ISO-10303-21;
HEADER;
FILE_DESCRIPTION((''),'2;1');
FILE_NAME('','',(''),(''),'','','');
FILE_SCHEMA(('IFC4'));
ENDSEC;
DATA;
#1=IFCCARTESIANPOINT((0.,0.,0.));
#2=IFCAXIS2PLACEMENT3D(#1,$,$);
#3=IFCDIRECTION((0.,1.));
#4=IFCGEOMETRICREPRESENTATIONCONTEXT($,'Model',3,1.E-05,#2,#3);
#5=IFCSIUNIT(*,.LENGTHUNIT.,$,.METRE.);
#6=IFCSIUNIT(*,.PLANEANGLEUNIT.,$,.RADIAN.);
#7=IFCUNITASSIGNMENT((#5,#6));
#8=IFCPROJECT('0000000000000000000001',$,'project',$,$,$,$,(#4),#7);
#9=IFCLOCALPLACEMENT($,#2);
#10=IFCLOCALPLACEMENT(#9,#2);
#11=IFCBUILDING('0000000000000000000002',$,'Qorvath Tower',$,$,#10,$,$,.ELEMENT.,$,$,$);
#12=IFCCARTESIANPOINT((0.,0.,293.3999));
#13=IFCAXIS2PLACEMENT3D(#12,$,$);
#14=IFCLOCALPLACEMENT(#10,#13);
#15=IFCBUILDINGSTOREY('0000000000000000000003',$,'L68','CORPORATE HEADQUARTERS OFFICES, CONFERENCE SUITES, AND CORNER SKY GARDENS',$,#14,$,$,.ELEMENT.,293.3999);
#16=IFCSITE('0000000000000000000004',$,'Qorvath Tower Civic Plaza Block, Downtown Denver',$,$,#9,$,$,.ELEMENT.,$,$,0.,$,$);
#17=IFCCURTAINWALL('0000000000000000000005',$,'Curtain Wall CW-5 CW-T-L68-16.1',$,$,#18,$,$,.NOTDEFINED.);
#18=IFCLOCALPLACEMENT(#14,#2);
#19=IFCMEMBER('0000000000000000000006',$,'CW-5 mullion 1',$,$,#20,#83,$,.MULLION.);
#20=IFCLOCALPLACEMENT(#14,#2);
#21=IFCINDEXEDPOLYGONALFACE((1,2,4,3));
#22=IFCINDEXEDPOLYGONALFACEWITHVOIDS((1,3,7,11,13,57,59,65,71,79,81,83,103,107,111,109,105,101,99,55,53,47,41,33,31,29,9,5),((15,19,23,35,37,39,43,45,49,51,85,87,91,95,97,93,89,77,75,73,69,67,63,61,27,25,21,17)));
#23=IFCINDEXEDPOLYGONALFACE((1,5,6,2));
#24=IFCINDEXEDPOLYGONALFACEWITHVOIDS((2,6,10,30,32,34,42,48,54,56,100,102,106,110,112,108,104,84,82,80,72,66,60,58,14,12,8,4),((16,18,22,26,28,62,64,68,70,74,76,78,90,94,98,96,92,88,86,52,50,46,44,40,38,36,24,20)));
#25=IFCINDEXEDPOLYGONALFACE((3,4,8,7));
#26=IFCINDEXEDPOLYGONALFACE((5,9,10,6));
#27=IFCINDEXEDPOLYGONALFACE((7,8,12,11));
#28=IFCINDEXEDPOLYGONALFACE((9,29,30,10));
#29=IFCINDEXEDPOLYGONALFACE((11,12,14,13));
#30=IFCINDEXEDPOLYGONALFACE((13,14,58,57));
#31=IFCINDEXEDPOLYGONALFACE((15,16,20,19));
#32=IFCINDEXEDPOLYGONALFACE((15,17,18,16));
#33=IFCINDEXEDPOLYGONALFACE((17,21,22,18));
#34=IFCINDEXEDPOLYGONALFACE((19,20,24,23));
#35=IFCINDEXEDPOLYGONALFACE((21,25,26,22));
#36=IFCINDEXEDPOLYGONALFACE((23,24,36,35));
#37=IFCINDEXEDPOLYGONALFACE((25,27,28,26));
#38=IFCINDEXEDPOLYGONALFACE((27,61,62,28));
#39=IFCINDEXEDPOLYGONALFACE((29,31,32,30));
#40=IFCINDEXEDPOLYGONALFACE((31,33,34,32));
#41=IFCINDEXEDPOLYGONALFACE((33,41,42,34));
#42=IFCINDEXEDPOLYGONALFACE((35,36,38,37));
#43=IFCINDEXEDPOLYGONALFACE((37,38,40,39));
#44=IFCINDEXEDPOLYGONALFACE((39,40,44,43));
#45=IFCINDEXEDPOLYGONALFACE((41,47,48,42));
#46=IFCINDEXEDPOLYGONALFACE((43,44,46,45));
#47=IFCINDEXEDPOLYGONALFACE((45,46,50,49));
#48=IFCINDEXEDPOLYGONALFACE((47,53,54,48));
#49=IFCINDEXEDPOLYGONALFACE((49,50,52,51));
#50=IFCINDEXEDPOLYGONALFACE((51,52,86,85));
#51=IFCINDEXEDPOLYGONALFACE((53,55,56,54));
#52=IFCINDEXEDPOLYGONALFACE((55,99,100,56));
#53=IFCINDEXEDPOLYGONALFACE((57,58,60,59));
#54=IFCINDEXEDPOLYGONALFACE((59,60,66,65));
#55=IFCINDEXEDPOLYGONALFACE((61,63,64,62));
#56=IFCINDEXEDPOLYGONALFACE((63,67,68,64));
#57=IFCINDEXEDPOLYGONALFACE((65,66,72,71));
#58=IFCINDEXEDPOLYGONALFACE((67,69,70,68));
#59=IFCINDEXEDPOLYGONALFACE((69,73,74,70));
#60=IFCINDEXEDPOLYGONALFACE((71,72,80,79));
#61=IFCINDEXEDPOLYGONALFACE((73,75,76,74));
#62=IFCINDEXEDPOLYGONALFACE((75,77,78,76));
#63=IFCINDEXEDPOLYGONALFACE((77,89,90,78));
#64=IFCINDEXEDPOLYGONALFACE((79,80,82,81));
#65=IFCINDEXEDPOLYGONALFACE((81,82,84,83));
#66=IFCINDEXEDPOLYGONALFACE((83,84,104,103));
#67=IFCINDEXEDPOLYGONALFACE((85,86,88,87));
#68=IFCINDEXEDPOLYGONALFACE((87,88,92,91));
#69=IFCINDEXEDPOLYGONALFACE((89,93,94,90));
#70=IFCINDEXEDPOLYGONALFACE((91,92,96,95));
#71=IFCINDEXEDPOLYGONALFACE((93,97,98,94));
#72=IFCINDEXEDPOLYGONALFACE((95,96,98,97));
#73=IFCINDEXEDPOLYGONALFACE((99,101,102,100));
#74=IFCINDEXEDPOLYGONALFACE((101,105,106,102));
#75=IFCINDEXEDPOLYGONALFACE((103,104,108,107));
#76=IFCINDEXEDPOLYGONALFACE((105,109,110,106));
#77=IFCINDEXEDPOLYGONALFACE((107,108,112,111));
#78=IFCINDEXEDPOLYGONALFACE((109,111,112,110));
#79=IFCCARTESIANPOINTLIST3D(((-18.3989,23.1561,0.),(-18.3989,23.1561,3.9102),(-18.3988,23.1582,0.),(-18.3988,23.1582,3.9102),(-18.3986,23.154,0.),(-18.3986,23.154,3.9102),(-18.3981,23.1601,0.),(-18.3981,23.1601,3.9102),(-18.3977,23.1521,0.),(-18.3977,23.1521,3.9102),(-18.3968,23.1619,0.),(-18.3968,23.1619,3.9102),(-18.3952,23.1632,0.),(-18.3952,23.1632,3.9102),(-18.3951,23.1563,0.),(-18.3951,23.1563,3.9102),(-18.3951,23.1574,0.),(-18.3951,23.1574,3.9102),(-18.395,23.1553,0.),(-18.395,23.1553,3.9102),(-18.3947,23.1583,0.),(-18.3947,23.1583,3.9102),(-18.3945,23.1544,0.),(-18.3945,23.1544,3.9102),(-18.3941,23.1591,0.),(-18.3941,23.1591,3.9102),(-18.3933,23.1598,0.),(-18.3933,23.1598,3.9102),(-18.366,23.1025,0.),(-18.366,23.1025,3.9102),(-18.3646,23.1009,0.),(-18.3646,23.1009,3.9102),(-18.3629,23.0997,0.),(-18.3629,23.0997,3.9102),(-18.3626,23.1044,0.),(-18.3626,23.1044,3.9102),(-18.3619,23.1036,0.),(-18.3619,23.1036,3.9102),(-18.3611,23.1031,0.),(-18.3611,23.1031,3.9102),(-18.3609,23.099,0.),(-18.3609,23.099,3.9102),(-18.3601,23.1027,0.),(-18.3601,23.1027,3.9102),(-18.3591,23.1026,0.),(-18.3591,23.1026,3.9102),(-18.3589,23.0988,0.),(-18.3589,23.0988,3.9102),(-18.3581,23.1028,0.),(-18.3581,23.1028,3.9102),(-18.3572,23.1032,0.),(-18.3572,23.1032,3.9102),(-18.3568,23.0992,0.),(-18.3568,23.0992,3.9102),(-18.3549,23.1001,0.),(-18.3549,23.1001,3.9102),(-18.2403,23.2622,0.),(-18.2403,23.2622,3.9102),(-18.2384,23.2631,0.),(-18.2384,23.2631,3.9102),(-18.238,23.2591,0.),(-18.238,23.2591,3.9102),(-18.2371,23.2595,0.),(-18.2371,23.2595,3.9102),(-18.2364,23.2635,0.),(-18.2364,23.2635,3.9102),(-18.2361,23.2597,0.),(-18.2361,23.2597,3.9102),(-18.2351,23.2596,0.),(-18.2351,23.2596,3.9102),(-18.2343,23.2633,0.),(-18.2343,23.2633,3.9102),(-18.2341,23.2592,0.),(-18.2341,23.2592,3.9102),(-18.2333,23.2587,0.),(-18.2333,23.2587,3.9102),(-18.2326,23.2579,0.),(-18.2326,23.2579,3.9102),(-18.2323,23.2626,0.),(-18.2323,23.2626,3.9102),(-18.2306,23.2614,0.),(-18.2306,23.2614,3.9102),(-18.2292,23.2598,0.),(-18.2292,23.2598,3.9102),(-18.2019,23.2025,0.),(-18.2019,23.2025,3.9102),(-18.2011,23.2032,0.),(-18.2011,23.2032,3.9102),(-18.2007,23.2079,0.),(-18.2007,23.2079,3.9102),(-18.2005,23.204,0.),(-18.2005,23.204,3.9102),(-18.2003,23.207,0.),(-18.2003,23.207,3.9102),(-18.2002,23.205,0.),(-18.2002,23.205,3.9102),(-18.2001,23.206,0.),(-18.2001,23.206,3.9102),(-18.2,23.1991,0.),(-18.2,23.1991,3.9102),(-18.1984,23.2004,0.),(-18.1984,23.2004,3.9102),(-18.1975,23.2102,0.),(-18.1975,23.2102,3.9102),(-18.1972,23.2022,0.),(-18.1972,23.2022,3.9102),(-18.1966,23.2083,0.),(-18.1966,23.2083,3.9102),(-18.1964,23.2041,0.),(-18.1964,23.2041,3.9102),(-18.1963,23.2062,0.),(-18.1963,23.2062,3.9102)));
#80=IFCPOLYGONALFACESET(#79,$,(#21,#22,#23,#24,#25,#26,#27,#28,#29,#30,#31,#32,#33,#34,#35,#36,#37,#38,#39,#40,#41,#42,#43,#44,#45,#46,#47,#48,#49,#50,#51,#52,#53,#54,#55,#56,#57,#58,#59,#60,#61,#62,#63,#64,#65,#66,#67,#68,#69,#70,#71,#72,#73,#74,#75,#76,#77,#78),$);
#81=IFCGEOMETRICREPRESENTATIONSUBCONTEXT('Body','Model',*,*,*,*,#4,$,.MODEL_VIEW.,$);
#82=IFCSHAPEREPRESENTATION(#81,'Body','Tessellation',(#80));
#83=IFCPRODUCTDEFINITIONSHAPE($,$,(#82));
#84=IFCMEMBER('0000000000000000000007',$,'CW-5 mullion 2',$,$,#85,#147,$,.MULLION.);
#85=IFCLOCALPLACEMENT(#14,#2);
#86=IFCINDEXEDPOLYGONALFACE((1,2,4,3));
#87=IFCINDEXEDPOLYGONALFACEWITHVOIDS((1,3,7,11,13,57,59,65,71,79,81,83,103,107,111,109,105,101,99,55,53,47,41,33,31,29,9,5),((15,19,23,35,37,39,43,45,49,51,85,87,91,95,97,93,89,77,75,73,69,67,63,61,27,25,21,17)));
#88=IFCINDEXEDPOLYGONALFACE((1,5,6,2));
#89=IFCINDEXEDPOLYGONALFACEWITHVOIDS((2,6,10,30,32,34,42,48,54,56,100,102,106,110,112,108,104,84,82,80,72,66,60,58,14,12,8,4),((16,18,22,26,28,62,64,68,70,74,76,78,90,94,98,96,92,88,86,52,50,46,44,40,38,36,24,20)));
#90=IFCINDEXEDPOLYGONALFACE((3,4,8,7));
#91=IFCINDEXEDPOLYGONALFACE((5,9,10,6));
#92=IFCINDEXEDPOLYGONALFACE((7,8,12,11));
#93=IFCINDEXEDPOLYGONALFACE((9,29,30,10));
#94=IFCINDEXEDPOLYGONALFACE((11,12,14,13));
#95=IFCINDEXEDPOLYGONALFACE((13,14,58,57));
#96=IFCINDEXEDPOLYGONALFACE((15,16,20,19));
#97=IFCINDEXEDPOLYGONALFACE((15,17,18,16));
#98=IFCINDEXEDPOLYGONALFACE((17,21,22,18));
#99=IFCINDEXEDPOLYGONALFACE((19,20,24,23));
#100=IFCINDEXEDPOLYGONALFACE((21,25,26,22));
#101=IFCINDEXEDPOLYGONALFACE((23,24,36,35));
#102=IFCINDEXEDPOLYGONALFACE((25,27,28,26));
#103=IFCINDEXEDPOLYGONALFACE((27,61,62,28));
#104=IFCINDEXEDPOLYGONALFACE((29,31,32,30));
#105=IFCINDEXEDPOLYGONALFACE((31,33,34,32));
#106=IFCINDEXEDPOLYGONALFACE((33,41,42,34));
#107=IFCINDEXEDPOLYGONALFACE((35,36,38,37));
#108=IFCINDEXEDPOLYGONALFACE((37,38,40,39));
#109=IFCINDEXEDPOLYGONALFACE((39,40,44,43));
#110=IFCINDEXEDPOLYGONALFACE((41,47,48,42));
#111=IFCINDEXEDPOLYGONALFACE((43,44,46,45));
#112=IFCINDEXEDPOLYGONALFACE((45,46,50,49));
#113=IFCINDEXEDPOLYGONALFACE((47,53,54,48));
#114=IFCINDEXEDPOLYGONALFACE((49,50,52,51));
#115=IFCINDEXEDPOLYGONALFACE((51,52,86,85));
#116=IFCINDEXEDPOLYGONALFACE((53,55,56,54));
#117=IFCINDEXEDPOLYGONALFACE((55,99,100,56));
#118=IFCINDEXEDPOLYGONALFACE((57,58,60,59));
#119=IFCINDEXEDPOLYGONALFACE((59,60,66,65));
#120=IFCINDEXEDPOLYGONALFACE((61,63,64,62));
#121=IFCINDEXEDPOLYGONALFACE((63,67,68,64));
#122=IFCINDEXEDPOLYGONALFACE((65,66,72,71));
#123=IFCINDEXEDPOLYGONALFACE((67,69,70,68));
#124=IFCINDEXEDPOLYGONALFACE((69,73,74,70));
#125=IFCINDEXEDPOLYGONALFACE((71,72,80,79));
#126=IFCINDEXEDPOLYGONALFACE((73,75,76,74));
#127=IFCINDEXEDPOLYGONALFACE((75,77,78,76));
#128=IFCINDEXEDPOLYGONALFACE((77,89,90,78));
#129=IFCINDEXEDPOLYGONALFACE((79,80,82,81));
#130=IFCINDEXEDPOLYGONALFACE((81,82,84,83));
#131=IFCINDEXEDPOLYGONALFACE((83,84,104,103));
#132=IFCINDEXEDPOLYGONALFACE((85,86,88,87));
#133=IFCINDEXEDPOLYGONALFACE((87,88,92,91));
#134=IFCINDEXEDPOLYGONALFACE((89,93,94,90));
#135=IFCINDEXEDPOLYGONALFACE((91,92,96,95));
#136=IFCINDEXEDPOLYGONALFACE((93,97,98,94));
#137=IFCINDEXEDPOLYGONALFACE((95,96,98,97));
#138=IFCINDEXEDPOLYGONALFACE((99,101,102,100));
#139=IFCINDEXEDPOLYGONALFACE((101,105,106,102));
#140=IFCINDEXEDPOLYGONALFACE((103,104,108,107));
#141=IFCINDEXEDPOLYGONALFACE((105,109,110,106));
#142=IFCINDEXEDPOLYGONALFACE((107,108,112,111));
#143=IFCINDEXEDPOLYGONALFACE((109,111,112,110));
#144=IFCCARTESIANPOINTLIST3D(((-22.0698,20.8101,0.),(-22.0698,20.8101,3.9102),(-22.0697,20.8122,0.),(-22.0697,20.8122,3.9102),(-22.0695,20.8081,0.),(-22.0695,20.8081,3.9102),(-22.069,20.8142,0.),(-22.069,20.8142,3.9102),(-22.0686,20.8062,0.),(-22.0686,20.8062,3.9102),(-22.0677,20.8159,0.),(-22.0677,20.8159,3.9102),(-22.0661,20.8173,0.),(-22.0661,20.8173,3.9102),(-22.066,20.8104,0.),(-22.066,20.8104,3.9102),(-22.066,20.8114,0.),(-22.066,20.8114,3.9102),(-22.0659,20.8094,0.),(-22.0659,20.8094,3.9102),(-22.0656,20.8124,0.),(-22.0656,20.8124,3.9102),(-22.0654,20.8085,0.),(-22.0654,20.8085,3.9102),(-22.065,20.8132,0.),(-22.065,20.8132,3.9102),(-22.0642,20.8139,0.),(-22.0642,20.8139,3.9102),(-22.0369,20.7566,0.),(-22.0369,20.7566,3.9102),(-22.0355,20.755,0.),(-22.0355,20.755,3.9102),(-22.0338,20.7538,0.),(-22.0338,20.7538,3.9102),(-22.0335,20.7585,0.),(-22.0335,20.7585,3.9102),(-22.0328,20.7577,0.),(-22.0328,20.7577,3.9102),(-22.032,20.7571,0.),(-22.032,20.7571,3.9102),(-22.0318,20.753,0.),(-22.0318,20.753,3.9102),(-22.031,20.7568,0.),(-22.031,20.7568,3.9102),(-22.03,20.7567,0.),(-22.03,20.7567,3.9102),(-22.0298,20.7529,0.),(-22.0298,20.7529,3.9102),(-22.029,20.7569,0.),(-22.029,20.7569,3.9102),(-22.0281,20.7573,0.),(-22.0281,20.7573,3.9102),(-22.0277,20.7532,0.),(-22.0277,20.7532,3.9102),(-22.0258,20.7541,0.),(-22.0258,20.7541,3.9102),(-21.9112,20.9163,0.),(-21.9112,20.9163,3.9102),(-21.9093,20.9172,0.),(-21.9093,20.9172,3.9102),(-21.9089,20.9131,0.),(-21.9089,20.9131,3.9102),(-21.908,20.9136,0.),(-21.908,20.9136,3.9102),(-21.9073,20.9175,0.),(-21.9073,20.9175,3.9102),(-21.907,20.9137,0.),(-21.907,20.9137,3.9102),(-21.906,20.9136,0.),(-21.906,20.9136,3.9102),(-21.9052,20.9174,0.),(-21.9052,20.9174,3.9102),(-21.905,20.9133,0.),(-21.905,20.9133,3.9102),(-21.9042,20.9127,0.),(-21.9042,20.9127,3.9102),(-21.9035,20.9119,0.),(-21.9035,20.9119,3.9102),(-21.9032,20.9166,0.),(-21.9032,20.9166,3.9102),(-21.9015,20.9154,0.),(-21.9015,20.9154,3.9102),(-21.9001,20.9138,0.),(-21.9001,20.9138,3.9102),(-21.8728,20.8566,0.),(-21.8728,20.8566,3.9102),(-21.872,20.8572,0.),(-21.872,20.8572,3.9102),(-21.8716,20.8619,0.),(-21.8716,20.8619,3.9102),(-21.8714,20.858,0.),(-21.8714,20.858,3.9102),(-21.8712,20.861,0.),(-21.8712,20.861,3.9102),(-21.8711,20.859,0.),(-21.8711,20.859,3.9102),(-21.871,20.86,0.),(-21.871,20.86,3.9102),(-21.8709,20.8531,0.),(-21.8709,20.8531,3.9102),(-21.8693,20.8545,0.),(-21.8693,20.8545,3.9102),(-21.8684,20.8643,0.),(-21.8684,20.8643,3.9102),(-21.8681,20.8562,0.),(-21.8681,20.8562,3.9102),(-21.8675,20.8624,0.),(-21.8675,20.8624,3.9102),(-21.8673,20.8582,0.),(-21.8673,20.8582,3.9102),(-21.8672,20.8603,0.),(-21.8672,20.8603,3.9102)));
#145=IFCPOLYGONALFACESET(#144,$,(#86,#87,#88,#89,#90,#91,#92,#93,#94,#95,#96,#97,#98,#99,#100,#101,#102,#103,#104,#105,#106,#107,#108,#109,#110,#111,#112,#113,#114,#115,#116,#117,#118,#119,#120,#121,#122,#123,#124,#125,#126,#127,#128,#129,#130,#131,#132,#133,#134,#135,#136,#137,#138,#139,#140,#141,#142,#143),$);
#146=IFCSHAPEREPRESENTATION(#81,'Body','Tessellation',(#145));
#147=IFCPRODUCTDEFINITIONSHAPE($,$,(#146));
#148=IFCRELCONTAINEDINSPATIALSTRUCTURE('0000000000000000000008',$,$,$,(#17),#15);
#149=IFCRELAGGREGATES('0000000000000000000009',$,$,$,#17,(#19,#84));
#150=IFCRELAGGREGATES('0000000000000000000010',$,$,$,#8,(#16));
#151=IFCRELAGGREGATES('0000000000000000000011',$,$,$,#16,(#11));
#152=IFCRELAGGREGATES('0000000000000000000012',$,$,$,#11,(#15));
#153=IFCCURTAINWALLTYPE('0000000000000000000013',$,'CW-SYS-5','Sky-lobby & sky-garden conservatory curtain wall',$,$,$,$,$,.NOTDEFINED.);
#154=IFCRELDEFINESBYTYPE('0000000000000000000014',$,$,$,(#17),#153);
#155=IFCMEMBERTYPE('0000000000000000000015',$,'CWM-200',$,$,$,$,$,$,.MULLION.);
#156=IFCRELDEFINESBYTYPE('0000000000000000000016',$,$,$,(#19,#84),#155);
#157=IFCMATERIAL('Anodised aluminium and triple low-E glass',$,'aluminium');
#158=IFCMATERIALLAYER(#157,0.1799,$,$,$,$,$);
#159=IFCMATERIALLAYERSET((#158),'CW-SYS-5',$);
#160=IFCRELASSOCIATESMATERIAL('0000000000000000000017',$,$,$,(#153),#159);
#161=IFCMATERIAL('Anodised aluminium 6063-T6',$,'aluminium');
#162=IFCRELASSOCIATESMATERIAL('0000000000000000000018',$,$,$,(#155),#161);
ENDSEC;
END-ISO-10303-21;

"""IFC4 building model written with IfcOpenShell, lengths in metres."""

from ifc_helpers import new_model, si_unit, direction, frame, origin, origin_2d, place, context, subcontext, project, spatial, hollow_rectangle, extrude, material, layer, layer_set, material_profile, profile_set, type_object, element, aggregate, save


model = new_model("IFC4")

# Units and contexts
model_context = context("Model", 3, precision=1e-05, world=origin(), true_north=direction((0.0, 1.0)))
body_context = subcontext(model_context, "Body", "Model", "MODEL_VIEW")
ifc_project = project(units=[si_unit("LENGTHUNIT", "METRE"), si_unit("PLANEANGLEUNIT", "RADIAN")], contexts=[model_context])

# Site, building, storey
site_placement = place(None, origin())
site = spatial("IfcSite", under=ifc_project, at=site_placement, Name="Qorvath Tower Civic Plaza Block, Downtown Denver", CompositionType="ELEMENT", RefElevation=0.0)
building_placement = place(site_placement, origin())
building = spatial("IfcBuilding", under=site, at=building_placement, Name="Qorvath Tower", CompositionType="ELEMENT")
storey_placement = place(building_placement, frame((0.0, 0.0, 293.3999)))
storey = spatial("IfcBuildingStorey", under=building, at=storey_placement, Name="L68", Description="CORPORATE HEADQUARTERS OFFICES, CONFERENCE SUITES, AND CORNER SKY GARDENS", CompositionType="ELEMENT", Elevation=293.3999)

# Shared definitions
ifc_material_1 = material(Name="Anodised aluminium and triple low-E glass", Category="aluminium")
ifc_layer_1 = layer(ifc_material_1, 0.1799)
ifc_layer_set_1 = layer_set([ifc_layer_1], Name="CW-SYS-5")
curtain_wall_type = type_object("IfcCurtainWallType", Name="CW-SYS-5", Description="Sky-lobby & sky-garden conservatory curtain wall", PredefinedType="NOTDEFINED", material=ifc_layer_set_1)
ifc_material_2 = material(Name="Anodised aluminium 6063-T6", Category="aluminium")
ifc_material_profile_1 = material_profile(ifc_material_2, hollow_rectangle(XDim=0.075, YDim=0.2, WallThickness=0.0039, InnerFilletRadius=0.0039, OuterFilletRadius=0.0081, at=origin_2d()), Name="CWM 200x75")
ifc_profile_set_1 = profile_set([ifc_material_profile_1], Name="Anodised aluminium 6063-T6")
member_type_1 = type_object("IfcMemberType", Name="CWM-200", PredefinedType="MULLION", material=ifc_profile_set_1)

# Curtain wall, members
curtain_wall_1_placement = place(storey_placement, origin())
curtain_wall_1 = element("IfcCurtainWall", 1, at=curtain_wall_1_placement, inside=storey, type_object=curtain_wall_type, Name="Curtain Wall CW-5 CW-T-L68-16.1", PredefinedType="NOTDEFINED")
member_1_placement = place(storey_placement, frame((-18.2976, 23.1812, 0.0), z_axis=(0.0, 0.0, 1.0), x_axis=(0.538542, -0.842599, 0.0)))
member_1 = element("IfcMember", 2, at=member_1_placement, type_object=member_type_1, Name="CW-5 mullion 1", PredefinedType="MULLION", context=body_context, shape_type="SweptSolid", body=[
    extrude(hollow_rectangle(XDim=0.075, YDim=0.2, WallThickness=0.0039, InnerFilletRadius=0.0039, OuterFilletRadius=0.0081, at=origin_2d()), origin(), (0.0, 0.0, 1.0), 3.9102),
])
member_2_placement = place(storey_placement, frame((-21.9685, 20.8352, 0.0), z_axis=(0.0, 0.0, 1.0), x_axis=(0.538542, -0.842599, 0.0)))
member_2 = element("IfcMember", 3, at=member_2_placement, type_object=member_type_1, Name="CW-5 mullion 2", PredefinedType="MULLION", context=body_context, shape_type="SweptSolid", body=[
    extrude(hollow_rectangle(XDim=0.075, YDim=0.2, WallThickness=0.0039, InnerFilletRadius=0.0039, OuterFilletRadius=0.0081, at=origin_2d()), origin(), (0.0, 0.0, 1.0), 3.9102),
])

aggregate(curtain_wall_1, [member_1, member_2])

save(model, "model.ifc")
